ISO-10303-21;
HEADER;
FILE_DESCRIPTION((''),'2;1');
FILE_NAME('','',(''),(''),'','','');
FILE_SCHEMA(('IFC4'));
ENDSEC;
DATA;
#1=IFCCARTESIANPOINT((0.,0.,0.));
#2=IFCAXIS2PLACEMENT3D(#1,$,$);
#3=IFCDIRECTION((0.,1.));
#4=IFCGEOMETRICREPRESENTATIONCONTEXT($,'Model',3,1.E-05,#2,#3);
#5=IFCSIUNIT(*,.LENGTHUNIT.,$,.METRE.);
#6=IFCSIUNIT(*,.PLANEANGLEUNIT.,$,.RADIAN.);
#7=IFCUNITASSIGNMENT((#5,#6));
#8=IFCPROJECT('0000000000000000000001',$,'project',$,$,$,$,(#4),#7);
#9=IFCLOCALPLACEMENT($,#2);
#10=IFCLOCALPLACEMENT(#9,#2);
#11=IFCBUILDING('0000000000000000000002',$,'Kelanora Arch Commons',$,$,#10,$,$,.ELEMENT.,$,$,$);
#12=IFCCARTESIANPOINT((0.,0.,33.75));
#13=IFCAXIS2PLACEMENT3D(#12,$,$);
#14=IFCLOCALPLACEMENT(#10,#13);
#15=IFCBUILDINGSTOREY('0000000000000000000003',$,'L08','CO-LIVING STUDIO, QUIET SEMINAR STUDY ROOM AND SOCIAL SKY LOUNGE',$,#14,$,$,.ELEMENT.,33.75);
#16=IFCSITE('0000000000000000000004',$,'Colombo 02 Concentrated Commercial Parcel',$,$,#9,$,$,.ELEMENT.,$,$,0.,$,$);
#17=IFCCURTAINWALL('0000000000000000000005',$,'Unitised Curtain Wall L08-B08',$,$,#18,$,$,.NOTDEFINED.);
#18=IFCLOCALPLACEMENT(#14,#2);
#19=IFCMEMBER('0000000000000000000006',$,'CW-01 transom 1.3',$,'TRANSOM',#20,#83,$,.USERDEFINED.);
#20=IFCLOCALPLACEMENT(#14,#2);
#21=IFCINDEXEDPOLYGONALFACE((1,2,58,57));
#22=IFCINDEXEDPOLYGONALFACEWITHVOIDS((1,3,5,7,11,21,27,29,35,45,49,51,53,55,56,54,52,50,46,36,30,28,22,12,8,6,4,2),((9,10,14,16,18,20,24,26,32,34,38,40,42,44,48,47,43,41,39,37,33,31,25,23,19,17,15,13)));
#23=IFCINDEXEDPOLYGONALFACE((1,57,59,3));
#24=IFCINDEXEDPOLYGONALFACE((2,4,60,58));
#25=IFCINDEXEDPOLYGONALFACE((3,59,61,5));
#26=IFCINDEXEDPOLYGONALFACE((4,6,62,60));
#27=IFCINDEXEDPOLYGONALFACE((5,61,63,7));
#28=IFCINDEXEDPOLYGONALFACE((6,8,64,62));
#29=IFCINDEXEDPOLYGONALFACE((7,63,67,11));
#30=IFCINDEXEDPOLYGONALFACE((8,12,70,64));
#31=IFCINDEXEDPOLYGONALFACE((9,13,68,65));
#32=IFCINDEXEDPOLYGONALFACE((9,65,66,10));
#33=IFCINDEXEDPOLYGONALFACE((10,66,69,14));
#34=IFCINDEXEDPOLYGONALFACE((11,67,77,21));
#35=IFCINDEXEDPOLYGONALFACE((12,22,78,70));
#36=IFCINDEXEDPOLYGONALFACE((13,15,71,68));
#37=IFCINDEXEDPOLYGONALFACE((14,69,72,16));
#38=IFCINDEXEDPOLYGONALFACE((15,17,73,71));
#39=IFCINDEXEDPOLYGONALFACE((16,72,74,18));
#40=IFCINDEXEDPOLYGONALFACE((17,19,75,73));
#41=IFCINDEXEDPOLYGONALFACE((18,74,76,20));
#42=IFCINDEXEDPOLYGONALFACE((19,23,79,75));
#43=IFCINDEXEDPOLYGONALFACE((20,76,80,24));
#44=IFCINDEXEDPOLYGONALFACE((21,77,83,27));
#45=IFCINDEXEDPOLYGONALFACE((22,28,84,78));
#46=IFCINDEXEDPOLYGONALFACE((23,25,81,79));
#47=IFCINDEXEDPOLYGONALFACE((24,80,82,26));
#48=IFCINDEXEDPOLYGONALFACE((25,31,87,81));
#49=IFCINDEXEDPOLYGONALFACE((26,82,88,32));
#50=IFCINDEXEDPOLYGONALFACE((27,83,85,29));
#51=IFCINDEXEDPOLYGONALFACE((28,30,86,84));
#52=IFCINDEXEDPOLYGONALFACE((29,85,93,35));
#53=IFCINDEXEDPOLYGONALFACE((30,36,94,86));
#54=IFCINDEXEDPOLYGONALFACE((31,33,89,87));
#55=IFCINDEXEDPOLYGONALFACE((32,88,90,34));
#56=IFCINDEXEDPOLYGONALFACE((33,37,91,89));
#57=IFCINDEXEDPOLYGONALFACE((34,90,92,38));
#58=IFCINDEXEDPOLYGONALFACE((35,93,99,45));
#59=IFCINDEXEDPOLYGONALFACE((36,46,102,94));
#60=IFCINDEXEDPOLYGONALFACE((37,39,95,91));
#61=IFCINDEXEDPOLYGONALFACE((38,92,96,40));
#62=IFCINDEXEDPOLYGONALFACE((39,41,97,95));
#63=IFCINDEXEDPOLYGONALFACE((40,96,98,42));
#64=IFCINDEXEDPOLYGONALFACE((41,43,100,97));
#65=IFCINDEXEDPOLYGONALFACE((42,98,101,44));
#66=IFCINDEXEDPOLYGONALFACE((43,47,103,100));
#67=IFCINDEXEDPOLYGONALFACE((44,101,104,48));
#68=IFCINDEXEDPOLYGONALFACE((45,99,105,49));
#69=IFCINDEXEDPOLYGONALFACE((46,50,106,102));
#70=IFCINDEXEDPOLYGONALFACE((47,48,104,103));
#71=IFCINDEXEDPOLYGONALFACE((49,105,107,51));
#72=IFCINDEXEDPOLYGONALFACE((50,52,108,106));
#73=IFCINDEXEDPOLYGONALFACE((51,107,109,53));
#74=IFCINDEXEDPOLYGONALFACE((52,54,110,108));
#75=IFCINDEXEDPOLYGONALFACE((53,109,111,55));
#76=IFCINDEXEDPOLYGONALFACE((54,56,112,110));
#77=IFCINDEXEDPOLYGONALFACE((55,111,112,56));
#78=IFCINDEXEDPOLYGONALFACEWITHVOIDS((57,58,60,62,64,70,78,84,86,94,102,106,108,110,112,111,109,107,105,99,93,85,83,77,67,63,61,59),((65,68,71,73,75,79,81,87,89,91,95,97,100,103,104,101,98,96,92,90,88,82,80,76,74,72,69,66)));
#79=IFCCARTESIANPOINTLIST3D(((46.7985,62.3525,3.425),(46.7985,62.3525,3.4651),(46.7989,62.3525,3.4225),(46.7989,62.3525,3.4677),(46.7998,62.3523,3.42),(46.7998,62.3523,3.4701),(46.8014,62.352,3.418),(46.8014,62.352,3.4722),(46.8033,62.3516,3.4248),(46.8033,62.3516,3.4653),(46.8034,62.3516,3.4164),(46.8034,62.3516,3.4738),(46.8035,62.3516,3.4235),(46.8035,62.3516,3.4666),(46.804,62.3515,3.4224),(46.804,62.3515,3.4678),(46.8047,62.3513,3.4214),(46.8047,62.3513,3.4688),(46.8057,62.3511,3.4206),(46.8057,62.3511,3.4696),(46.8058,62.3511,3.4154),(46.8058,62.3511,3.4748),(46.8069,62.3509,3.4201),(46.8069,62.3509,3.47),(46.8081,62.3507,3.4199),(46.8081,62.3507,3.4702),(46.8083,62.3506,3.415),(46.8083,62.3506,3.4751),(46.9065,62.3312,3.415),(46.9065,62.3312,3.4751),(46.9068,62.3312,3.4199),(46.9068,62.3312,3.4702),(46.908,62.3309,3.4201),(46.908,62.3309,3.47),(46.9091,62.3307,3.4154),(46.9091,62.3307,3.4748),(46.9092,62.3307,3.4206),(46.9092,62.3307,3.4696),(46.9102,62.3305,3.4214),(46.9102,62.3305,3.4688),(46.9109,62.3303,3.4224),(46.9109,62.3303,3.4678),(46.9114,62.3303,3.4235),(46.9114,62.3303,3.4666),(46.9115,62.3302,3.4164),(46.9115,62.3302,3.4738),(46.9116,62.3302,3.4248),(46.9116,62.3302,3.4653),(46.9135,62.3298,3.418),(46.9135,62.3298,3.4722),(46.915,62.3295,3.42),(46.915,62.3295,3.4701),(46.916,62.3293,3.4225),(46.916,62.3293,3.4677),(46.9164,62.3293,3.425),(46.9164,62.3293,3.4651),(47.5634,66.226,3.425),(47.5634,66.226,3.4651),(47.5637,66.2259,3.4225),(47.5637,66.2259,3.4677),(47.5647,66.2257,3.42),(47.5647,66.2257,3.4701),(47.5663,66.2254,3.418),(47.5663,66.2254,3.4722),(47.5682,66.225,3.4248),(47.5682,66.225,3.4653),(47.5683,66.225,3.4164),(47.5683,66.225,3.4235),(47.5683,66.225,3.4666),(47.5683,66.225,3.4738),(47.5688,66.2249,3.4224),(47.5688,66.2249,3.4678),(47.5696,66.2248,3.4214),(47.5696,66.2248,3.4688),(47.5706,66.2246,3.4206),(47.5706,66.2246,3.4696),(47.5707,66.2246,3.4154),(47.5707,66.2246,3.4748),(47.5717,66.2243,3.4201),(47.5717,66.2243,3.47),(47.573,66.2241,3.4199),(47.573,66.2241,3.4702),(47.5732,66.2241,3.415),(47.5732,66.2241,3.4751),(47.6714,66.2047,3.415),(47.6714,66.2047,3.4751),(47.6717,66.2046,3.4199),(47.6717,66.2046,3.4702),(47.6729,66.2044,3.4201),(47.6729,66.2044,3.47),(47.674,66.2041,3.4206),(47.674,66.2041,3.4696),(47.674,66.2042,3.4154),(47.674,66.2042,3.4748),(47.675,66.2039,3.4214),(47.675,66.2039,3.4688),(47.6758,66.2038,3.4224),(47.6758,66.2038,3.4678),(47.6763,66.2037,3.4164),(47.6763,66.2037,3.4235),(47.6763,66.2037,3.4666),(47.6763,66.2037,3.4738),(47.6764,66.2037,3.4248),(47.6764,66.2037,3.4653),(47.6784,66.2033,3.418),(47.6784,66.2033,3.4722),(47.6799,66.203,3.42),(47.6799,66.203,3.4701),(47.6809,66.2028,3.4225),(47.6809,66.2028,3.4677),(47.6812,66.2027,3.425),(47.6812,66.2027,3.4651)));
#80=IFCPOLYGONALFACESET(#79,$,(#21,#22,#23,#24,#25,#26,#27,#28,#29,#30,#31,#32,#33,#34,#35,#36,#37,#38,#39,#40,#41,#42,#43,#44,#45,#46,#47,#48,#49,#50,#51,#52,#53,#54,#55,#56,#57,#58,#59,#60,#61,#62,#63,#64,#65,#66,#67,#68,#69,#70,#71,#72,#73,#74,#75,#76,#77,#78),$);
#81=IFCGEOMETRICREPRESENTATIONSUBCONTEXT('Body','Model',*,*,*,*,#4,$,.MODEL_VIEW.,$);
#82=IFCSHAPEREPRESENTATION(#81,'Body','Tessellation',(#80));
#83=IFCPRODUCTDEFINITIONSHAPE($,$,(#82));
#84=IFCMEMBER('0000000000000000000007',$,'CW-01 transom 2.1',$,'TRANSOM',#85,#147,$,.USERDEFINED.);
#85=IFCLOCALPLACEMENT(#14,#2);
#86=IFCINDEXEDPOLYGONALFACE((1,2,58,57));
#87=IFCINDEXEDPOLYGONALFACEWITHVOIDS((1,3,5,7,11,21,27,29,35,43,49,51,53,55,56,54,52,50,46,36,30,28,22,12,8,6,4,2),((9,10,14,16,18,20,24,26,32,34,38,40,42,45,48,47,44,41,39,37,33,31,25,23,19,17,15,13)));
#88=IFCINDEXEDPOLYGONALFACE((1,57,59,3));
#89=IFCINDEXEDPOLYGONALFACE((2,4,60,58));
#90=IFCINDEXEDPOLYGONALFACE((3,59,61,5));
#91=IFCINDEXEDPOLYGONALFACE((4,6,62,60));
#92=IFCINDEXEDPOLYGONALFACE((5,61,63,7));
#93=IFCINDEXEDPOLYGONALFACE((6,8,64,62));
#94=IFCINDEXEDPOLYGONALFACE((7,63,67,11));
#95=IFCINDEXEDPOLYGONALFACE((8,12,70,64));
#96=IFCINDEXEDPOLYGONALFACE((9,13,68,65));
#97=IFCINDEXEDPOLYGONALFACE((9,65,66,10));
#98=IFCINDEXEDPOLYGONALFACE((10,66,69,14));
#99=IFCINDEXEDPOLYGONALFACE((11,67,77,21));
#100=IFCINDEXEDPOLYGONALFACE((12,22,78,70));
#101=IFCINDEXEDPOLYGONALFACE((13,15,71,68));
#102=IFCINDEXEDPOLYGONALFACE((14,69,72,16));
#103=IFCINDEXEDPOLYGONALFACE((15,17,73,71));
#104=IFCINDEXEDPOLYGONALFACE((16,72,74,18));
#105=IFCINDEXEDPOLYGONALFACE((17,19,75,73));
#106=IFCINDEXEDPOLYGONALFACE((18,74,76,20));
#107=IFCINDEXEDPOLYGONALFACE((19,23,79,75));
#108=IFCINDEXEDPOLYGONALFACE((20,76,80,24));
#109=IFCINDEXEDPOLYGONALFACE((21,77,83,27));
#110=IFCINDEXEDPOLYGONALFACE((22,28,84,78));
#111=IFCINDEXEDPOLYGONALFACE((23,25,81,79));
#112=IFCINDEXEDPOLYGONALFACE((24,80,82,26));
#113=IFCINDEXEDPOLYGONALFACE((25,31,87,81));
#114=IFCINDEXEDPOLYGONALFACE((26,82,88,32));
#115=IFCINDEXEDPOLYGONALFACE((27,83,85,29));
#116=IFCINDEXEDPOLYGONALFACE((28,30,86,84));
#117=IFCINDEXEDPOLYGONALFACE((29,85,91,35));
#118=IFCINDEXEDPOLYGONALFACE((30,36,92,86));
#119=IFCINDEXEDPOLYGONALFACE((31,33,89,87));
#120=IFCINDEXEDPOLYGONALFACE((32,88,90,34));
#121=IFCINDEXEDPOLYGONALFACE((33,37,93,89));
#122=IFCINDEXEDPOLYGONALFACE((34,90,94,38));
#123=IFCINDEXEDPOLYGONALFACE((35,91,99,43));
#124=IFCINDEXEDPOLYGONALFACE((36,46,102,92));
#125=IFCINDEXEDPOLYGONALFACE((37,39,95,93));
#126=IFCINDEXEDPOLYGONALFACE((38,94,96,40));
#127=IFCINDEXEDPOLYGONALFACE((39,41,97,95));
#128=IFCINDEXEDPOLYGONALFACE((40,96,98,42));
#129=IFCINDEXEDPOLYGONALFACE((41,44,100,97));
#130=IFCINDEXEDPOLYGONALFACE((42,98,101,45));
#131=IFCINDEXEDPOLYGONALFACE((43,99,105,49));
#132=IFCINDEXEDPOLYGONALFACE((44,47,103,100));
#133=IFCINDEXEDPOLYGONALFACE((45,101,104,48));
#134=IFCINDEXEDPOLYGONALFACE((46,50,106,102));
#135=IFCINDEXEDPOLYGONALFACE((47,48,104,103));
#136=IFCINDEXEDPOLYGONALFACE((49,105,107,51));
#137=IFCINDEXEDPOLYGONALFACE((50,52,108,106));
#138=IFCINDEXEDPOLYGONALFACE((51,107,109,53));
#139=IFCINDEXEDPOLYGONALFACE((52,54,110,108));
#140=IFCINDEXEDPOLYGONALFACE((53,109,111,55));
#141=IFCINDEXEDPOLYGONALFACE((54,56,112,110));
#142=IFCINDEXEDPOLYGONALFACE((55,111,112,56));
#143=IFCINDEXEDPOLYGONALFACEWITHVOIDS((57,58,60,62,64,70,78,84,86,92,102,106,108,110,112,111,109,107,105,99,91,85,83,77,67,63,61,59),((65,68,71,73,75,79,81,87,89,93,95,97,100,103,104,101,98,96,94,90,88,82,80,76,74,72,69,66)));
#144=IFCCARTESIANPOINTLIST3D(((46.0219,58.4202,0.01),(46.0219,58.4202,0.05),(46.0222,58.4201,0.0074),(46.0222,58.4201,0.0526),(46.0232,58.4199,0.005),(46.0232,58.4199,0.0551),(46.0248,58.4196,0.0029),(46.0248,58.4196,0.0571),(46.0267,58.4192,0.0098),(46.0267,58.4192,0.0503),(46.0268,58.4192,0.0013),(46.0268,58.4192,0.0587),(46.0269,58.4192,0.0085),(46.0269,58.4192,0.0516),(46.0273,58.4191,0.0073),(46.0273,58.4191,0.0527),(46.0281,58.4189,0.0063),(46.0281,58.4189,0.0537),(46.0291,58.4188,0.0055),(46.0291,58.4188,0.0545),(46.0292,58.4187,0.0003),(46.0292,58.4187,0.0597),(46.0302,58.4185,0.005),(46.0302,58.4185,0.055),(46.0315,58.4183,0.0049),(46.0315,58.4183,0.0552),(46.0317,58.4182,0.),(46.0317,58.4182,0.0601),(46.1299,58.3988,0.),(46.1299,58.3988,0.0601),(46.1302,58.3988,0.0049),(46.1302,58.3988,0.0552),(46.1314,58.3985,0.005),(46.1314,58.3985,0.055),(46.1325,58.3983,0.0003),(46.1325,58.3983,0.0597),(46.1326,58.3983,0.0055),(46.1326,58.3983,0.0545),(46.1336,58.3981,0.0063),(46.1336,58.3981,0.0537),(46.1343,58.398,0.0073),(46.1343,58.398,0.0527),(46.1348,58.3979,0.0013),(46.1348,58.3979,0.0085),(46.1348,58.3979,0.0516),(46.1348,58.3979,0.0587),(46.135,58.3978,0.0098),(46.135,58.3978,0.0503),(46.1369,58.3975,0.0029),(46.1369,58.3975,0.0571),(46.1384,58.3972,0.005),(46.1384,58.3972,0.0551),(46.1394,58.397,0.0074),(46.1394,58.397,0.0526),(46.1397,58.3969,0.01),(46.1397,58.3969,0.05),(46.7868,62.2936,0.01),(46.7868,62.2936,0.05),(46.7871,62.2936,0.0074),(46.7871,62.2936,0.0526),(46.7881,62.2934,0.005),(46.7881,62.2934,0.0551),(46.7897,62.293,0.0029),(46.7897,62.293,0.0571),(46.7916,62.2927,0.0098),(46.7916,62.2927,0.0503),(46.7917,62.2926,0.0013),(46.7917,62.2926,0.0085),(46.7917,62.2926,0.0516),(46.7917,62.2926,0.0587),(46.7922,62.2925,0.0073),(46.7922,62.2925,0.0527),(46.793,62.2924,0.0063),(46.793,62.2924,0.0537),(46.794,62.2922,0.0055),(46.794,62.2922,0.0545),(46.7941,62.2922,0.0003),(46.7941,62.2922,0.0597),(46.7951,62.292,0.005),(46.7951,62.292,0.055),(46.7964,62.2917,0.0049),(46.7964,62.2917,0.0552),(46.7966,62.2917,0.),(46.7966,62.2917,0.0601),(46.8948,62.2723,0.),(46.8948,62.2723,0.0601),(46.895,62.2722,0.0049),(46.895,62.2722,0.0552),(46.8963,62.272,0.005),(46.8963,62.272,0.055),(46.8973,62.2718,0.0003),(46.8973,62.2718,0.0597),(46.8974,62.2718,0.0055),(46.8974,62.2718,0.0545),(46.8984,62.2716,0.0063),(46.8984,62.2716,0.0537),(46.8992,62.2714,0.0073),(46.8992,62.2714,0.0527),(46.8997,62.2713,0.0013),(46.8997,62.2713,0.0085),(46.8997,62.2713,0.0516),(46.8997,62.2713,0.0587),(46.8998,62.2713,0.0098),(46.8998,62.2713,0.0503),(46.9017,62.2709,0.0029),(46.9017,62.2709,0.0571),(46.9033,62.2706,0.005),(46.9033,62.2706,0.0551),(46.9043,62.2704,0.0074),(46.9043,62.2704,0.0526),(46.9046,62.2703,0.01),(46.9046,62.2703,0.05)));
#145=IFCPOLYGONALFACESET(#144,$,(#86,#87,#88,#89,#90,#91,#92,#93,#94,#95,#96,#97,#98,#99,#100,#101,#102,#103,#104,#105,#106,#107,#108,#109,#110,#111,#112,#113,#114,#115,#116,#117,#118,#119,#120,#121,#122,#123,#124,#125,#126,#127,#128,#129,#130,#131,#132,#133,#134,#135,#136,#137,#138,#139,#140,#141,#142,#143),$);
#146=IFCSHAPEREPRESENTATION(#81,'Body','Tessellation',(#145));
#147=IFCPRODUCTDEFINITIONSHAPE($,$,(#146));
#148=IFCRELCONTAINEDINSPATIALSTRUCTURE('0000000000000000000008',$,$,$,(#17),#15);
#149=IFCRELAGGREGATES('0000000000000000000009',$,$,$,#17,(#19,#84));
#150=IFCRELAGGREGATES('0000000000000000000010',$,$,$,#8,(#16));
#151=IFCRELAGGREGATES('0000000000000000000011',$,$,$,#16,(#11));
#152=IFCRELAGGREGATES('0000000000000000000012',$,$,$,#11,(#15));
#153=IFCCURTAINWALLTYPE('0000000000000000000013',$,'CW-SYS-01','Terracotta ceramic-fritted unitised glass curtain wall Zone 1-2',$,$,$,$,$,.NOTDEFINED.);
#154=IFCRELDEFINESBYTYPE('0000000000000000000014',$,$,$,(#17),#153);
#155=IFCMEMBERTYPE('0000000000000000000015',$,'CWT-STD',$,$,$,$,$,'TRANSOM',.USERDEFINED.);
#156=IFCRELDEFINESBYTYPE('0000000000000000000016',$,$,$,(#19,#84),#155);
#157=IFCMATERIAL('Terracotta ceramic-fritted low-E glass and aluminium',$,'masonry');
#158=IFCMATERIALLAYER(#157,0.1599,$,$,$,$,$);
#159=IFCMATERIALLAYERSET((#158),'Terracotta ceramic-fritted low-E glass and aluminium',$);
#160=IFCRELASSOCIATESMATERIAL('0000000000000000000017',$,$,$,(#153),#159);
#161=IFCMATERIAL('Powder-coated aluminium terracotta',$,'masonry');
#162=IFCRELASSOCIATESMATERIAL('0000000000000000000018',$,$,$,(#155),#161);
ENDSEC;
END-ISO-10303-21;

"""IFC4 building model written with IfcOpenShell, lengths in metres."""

from ifc_helpers import new_model, si_unit, direction, frame, origin, origin_2d, place, context, subcontext, project, spatial, hollow_rectangle, extrude, material, layer, layer_set, material_profile, profile_set, type_object, element, aggregate, save


model = new_model("IFC4")

# Units and contexts
model_context = context("Model", 3, precision=1e-05, world=origin(), true_north=direction((0.0, 1.0)))
body_context = subcontext(model_context, "Body", "Model", "MODEL_VIEW")
ifc_project = project(units=[si_unit("LENGTHUNIT", "METRE"), si_unit("PLANEANGLEUNIT", "RADIAN")], contexts=[model_context])

# Site, building, storey
site_placement = place(None, origin())
site = spatial("IfcSite", under=ifc_project, at=site_placement, Name="Colombo 02 Concentrated Commercial Parcel", CompositionType="ELEMENT", RefElevation=0.0)
building_placement = place(site_placement, origin())
building = spatial("IfcBuilding", under=site, at=building_placement, Name="Kelanora Arch Commons", CompositionType="ELEMENT")
storey_placement = place(building_placement, frame((0.0, 0.0, 33.75)))
storey = spatial("IfcBuildingStorey", under=building, at=storey_placement, Name="L08", Description="CO-LIVING STUDIO, QUIET SEMINAR STUDY ROOM AND SOCIAL SKY LOUNGE", CompositionType="ELEMENT", Elevation=33.75)

# Curtain wall, members
ifc_material_1 = material(Name="Terracotta ceramic-fritted low-E glass and aluminium", Category="masonry")
ifc_layer_1 = layer(ifc_material_1, 0.1599)
ifc_layer_set_1 = layer_set([ifc_layer_1], Name="Terracotta ceramic-fritted low-E glass and aluminium")
curtain_wall_type = type_object("IfcCurtainWallType", Name="CW-SYS-01", Description="Terracotta ceramic-fritted unitised glass curtain wall Zone 1-2", PredefinedType="NOTDEFINED", material=ifc_layer_set_1)
curtain_wall_placement = place(storey_placement, origin())
curtain_wall = element("IfcCurtainWall", 1, at=curtain_wall_placement, inside=storey, type_object=curtain_wall_type, Name="Unitised Curtain Wall L08-B08", PredefinedType="NOTDEFINED")
ifc_material_2 = material(Name="Powder-coated aluminium terracotta", Category="masonry")
ifc_material_profile_1 = material_profile(ifc_material_2, hollow_rectangle(XDim=0.1201, YDim=0.0601, WallThickness=0.0049, InnerFilletRadius=0.0049, OuterFilletRadius=0.01, at=origin_2d()), Name="CWT120x60")
ifc_profile_set_1 = profile_set([ifc_material_profile_1], Name="Powder-coated aluminium terracotta")
member_type_1 = type_object("IfcMemberType", Name="CWT-STD", ElementType="TRANSOM", PredefinedType="USERDEFINED", material=ifc_profile_set_1)
member_1_placement = place(storey_placement, frame((47.6223, 66.2144, 3.4451), z_axis=(-0.193725, -0.981056, 0.0), x_axis=(0.981056, -0.193725, 0.0)))
member_1 = element("IfcMember", 2, at=member_1_placement, type_object=member_type_1, Name="CW-01 transom 1.3", ObjectType="TRANSOM", PredefinedType="USERDEFINED", context=body_context, shape_type="SweptSolid", body=[
    extrude(hollow_rectangle(XDim=0.1201, YDim=0.0601, WallThickness=0.0049, InnerFilletRadius=0.0049, OuterFilletRadius=0.01, at=origin_2d()), origin(), (0.0, 0.0, 1.0), 3.9482),
])
member_2_placement = place(storey_placement, frame((46.8457, 62.282, 0.03), z_axis=(-0.193725, -0.981056, 0.0), x_axis=(0.981056, -0.193725, 0.0)))
member_2 = element("IfcMember", 3, at=member_2_placement, type_object=member_type_1, Name="CW-01 transom 2.1", ObjectType="TRANSOM", PredefinedType="USERDEFINED", context=body_context, shape_type="SweptSolid", body=[
    extrude(hollow_rectangle(XDim=0.1201, YDim=0.0601, WallThickness=0.0049, InnerFilletRadius=0.0049, OuterFilletRadius=0.01, at=origin_2d()), origin(), (0.0, 0.0, 1.0), 3.9482),
])
aggregate(curtain_wall, [member_1, member_2])

save(model, "model.ifc")
